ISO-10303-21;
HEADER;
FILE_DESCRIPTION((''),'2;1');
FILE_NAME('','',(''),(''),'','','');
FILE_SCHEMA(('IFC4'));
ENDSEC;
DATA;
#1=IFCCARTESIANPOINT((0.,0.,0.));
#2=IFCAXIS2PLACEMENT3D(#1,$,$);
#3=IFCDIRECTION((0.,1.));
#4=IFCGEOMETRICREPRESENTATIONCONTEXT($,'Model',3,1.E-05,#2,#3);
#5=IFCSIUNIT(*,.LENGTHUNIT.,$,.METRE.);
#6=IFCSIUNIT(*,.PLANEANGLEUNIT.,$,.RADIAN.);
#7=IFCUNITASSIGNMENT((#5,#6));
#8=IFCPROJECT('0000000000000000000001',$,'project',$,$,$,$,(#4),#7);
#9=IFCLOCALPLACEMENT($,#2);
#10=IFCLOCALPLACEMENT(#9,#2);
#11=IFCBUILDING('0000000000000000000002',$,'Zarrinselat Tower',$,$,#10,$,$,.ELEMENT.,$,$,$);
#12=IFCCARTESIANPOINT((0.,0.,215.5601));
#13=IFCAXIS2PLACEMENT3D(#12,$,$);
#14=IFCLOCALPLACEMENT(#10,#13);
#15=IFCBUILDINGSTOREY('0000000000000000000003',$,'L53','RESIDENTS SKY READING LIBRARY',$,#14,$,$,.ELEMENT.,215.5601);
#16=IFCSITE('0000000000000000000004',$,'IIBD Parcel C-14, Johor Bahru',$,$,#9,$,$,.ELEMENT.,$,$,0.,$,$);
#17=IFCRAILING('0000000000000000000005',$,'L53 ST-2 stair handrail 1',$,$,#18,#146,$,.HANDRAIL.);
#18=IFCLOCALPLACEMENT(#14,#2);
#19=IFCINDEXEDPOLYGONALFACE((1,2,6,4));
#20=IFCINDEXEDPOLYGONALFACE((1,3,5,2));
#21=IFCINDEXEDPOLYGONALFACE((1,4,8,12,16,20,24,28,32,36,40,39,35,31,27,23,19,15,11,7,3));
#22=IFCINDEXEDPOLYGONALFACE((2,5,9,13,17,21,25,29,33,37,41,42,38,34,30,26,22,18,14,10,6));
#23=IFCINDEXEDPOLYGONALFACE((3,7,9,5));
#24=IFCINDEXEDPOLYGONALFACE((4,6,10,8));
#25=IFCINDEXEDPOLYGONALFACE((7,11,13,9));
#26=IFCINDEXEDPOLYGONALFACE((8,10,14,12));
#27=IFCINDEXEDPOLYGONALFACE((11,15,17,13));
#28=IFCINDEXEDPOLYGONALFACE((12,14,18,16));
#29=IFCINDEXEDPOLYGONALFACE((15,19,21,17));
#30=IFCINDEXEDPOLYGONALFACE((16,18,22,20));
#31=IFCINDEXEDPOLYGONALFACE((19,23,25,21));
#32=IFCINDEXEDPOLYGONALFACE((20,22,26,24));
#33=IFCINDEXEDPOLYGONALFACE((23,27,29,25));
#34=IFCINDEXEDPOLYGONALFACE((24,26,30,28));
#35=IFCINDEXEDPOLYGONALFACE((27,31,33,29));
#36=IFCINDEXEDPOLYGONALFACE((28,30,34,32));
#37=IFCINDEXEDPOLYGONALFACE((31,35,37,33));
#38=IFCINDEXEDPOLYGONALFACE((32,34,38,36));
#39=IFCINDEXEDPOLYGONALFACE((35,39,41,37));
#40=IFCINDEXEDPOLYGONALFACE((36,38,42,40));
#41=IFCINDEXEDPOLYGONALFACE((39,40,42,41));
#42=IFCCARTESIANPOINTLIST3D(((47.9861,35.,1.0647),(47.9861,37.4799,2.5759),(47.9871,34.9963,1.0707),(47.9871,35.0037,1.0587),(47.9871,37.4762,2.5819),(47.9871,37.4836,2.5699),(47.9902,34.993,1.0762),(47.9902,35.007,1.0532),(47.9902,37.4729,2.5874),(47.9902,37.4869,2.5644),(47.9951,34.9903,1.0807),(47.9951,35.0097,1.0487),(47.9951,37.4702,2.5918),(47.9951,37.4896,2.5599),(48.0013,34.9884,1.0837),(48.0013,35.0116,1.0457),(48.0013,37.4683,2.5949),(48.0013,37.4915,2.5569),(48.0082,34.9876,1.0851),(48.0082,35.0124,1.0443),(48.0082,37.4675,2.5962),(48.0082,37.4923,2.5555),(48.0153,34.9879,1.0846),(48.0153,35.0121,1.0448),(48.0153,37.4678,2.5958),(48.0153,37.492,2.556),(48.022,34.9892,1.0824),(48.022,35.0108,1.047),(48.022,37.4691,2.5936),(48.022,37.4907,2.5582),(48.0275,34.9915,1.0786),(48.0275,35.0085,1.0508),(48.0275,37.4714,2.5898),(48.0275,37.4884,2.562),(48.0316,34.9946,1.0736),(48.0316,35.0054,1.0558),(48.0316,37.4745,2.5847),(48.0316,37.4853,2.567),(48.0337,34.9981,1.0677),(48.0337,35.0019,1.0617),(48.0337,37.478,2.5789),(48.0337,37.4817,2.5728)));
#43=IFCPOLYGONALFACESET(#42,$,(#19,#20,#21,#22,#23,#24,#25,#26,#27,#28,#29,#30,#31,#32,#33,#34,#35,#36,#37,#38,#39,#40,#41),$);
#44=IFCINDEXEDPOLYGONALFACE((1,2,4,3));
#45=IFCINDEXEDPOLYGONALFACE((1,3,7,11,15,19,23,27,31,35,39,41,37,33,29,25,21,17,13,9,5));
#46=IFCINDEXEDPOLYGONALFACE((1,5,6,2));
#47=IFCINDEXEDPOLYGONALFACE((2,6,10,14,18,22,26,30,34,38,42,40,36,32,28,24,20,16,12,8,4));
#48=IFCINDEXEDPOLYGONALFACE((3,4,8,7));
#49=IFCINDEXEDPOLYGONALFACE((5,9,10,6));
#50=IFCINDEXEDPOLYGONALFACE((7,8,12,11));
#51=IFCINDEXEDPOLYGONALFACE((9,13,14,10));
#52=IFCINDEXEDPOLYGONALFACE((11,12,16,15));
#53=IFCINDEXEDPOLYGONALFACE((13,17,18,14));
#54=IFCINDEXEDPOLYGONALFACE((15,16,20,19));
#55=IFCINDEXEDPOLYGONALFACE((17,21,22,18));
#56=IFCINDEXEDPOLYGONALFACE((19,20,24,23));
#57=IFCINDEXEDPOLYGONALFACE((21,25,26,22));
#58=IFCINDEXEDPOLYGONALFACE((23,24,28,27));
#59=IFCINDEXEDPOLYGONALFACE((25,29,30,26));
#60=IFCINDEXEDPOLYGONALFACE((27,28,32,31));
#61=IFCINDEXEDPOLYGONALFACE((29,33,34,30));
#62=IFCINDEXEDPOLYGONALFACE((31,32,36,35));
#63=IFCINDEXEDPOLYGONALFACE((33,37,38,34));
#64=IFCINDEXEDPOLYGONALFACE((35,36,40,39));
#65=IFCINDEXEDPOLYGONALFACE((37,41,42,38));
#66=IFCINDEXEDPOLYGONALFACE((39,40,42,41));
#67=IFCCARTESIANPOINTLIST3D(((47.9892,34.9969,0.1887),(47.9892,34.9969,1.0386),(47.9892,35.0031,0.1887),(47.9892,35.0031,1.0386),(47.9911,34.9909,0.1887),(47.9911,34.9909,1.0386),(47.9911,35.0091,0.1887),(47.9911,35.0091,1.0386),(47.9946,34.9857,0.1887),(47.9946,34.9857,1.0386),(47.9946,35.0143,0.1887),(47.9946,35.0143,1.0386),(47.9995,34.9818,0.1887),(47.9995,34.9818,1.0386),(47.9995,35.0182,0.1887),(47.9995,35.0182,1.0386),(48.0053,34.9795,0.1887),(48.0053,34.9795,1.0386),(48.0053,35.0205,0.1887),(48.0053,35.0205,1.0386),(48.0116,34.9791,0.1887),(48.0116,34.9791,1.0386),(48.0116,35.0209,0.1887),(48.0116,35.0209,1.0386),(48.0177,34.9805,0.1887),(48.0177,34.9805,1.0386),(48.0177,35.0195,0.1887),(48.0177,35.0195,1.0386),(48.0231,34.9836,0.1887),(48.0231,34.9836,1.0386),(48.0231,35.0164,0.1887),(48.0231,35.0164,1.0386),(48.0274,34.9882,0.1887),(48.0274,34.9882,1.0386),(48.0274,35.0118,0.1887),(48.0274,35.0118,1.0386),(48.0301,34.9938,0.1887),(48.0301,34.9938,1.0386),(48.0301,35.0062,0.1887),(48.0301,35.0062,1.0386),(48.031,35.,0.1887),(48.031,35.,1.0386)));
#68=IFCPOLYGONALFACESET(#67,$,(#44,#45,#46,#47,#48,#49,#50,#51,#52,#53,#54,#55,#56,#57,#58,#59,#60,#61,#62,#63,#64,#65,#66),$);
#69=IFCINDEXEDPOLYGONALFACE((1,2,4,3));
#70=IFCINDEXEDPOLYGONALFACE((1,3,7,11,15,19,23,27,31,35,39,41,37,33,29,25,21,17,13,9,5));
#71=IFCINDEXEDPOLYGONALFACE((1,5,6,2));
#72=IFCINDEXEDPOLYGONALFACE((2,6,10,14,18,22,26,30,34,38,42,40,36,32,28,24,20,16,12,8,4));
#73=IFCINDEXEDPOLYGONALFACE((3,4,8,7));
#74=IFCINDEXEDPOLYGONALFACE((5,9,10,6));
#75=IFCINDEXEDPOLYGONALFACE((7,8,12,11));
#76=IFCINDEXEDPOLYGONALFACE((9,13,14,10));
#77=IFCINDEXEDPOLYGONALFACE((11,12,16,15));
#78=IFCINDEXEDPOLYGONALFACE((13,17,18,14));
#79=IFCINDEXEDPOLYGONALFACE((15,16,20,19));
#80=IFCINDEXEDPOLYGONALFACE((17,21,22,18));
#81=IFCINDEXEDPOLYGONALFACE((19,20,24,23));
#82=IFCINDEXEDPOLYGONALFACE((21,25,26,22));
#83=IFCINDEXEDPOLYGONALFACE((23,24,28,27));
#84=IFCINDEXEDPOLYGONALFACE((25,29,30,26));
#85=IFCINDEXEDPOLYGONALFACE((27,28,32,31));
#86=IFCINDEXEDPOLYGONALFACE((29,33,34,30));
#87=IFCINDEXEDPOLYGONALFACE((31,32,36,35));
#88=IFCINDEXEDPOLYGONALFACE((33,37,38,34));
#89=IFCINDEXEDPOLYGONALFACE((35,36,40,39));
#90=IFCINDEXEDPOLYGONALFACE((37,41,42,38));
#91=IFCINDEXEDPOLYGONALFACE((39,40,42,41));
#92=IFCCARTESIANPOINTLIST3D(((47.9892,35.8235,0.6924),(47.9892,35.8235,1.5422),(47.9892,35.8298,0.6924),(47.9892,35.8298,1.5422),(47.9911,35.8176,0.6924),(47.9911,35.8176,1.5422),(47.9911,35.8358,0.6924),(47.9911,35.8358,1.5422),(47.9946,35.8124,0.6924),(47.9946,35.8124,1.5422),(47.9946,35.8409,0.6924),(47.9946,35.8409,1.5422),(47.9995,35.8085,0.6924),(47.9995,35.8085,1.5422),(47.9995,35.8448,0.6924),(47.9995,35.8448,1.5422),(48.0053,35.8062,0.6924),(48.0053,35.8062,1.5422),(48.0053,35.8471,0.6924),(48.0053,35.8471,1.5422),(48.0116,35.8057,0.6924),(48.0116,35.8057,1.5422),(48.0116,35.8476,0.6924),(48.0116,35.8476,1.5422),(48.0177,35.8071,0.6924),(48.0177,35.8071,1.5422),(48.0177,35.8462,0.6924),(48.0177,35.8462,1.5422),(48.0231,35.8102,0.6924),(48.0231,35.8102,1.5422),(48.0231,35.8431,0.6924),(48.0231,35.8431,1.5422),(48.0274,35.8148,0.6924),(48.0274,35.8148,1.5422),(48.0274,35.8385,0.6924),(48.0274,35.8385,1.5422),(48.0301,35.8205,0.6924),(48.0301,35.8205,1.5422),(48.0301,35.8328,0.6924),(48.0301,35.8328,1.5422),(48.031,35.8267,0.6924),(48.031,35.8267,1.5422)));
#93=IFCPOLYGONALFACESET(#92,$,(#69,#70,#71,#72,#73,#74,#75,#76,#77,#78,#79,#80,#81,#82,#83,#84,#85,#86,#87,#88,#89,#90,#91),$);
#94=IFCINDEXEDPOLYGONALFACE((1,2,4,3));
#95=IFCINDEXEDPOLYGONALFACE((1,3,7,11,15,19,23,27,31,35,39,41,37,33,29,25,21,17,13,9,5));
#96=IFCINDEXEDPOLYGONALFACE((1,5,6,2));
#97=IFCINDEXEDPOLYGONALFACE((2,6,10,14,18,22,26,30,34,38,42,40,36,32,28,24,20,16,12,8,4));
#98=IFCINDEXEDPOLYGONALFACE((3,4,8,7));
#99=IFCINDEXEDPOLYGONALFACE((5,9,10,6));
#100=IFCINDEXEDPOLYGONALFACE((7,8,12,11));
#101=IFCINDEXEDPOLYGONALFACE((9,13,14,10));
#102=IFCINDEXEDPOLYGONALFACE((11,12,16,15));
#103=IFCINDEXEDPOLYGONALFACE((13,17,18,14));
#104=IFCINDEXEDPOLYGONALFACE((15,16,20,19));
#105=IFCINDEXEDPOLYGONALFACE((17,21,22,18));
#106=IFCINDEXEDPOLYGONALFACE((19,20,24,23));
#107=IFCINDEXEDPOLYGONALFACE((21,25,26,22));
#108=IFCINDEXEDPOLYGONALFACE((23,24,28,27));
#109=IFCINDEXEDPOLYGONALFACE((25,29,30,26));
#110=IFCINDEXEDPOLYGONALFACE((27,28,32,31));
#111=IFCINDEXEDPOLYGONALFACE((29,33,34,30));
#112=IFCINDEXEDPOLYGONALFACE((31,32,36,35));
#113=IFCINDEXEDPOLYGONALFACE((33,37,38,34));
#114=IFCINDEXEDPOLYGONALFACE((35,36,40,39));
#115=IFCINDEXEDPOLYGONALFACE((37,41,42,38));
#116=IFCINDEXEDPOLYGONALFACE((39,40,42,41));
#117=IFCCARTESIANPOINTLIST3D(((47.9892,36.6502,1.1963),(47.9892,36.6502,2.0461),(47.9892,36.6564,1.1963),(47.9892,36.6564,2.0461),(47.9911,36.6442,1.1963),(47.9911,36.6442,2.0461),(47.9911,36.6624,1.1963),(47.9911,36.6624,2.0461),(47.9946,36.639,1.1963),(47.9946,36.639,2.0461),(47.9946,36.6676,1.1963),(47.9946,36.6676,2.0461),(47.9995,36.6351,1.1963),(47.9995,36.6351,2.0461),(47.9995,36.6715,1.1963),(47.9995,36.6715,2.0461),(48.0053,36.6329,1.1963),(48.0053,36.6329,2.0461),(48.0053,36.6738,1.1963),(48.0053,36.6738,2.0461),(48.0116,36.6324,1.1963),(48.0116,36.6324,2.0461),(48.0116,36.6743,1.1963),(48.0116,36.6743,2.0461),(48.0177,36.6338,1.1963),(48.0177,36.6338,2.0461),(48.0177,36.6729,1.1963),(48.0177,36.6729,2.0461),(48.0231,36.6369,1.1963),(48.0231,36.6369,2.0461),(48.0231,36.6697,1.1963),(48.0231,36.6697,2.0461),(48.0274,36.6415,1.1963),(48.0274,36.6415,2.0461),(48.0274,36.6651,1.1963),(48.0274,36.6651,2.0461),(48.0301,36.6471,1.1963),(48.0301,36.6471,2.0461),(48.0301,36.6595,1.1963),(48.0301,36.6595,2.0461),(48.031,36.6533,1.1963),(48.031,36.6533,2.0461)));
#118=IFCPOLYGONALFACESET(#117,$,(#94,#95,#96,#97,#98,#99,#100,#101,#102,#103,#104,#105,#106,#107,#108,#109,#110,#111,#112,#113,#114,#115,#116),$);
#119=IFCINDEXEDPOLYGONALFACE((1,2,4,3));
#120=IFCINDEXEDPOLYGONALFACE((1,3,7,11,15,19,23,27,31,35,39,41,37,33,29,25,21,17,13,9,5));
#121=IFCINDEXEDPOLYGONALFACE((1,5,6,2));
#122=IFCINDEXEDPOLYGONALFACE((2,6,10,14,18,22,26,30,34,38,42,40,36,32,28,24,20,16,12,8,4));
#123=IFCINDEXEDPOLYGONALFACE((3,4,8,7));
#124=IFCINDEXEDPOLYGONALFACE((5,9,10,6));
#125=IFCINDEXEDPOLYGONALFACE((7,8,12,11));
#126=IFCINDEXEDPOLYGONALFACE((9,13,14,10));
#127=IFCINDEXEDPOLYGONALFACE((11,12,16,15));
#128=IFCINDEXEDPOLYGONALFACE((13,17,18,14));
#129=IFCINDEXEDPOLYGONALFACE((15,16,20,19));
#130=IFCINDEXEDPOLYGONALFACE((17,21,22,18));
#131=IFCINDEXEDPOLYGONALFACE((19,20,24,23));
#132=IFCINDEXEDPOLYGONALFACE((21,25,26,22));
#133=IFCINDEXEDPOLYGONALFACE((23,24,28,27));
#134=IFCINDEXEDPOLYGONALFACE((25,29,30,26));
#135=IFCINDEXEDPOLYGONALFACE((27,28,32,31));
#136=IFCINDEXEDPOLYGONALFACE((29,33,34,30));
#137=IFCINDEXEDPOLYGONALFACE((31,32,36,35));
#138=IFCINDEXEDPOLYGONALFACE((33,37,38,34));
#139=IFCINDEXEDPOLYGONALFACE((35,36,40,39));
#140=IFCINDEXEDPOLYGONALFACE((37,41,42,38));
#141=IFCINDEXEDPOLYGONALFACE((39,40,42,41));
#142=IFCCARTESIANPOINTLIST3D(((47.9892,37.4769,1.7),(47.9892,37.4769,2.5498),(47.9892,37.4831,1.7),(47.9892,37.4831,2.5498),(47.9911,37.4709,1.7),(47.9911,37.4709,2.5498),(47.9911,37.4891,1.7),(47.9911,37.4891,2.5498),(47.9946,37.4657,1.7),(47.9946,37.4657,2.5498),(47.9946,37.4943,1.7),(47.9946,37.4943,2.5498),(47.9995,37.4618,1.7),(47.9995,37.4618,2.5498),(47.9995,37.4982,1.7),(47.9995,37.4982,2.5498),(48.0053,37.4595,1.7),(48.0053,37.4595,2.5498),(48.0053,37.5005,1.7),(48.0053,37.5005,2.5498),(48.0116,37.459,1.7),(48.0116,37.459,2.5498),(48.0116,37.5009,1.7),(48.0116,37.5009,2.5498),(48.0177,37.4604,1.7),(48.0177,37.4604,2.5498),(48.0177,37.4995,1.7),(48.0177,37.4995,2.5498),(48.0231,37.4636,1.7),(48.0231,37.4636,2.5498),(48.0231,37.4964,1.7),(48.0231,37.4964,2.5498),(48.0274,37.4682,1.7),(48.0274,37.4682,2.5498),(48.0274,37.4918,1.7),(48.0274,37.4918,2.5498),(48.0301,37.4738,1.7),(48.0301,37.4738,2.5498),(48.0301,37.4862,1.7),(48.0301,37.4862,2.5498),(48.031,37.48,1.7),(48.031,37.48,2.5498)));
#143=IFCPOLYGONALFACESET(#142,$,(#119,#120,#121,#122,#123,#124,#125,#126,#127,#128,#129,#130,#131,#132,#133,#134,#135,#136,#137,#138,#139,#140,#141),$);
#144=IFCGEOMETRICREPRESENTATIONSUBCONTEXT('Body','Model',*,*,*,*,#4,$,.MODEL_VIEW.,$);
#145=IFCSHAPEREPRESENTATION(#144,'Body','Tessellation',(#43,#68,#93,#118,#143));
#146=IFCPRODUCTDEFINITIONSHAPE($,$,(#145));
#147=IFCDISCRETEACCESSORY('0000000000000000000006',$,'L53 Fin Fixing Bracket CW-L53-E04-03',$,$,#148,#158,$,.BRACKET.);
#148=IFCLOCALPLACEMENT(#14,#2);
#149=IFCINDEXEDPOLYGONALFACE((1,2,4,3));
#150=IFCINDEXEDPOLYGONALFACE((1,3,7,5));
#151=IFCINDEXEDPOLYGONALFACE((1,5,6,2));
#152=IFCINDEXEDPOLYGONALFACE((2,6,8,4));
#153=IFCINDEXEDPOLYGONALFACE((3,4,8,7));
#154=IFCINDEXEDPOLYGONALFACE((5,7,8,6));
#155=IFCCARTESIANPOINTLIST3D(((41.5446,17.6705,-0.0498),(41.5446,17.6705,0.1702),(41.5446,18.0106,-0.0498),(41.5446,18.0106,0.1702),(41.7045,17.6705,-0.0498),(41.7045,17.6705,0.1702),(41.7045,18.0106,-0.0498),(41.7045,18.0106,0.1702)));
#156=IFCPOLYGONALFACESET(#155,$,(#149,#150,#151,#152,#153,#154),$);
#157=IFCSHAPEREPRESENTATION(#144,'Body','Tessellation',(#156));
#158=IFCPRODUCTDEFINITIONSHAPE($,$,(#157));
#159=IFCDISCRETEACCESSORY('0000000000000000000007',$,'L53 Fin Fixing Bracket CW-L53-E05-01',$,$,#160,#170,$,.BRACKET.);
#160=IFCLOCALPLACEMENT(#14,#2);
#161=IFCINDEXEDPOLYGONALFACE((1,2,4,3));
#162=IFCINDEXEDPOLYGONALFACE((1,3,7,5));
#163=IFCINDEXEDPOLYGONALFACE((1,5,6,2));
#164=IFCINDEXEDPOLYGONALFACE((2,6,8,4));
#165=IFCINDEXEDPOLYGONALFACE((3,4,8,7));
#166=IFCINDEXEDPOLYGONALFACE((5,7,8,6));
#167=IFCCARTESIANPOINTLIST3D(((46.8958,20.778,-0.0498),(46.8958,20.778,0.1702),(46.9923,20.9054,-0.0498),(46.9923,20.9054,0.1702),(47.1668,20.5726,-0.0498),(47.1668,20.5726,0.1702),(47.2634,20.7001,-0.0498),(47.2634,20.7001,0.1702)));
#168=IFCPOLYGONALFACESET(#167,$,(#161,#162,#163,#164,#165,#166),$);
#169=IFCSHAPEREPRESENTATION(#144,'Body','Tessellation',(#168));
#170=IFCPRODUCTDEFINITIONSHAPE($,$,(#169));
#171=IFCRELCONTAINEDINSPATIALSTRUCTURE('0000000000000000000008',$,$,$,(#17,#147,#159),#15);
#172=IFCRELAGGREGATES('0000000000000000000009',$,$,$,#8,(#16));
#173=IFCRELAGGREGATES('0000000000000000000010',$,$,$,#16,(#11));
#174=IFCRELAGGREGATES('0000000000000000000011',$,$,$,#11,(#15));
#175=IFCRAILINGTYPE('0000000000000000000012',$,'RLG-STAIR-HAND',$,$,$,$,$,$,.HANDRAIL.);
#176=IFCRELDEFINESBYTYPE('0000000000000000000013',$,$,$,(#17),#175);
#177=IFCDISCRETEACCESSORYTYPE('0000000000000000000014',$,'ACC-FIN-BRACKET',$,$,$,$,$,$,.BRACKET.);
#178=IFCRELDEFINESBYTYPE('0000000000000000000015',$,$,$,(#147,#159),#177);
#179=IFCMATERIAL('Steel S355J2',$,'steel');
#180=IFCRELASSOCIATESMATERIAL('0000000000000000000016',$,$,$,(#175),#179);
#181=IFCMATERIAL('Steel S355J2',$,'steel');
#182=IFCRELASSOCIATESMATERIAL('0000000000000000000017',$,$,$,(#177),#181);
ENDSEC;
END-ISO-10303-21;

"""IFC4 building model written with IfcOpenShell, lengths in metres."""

from ifc_helpers import new_model, si_unit, direction, frame, origin, origin_2d, place, context, subcontext, project, spatial, rectangle, circle, extrude, material, type_object, element, save


model = new_model("IFC4")

# Units and contexts
model_context = context("Model", 3, precision=1e-05, world=origin(), true_north=direction((0.0, 1.0)))
body_context = subcontext(model_context, "Body", "Model", "MODEL_VIEW")
ifc_project = project(units=[si_unit("LENGTHUNIT", "METRE"), si_unit("PLANEANGLEUNIT", "RADIAN")], contexts=[model_context])

# Site, building, storey
site_placement = place(None, origin())
site = spatial("IfcSite", under=ifc_project, at=site_placement, Name="IIBD Parcel C-14, Johor Bahru", CompositionType="ELEMENT", RefElevation=0.0)
building_placement = place(site_placement, origin())
building = spatial("IfcBuilding", under=site, at=building_placement, Name="Zarrinselat Tower", CompositionType="ELEMENT")
storey_placement = place(building_placement, frame((0.0, 0.0, 215.5601)))
storey = spatial("IfcBuildingStorey", under=building, at=storey_placement, Name="L53", Description="RESIDENTS SKY READING LIBRARY", CompositionType="ELEMENT", Elevation=215.5601)

# Railing
ifc_material_1 = material(Name="Steel S355J2", Category="steel")
railing_type_1 = type_object("IfcRailingType", Name="RLG-STAIR-HAND", PredefinedType="HANDRAIL", material=ifc_material_1)
railing_1_placement = place(storey_placement, frame((48.01, 35.0, 0.1887)))
element("IfcRailing", 1, at=railing_1_placement, inside=storey, type_object=railing_type_1, Name="L53 ST-2 stair handrail 1", PredefinedType="HANDRAIL", context=body_context, shape_type="SweptSolid", body=[
    extrude(circle(Radius=0.0239, at=origin_2d()), frame((0.0, 0.0, 0.876), z_axis=(0.0, 0.853942, 0.520368), x_axis=(-1.0, 0.0, 0.0)), (0.0, 0.0, 1.0), 2.9041),
    extrude(circle(Radius=0.021, at=origin_2d()), origin(), (0.0, 0.0, 1.0), 0.8499),
    extrude(circle(Radius=0.021, at=origin_2d()), frame((0.0, 0.8267, 0.5037)), (0.0, 0.0, 1.0), 0.8499),
    extrude(circle(Radius=0.021, at=origin_2d()), frame((0.0, 1.6533, 1.0076)), (0.0, 0.0, 1.0), 0.8499),
    extrude(circle(Radius=0.021, at=origin_2d()), frame((0.0, 2.48, 1.5112)), (0.0, 0.0, 1.0), 0.8499),
])

# Discrete accessories
ifc_material_2 = material(Name="Steel S355J2", Category="steel")
discrete_accessory_type = type_object("IfcDiscreteAccessoryType", Name="ACC-FIN-BRACKET", PredefinedType="BRACKET", material=ifc_material_2)
for number, where, z_axis, x_axis, name in (
    (2, (41.6245, 17.8406, -0.0498), (0.0, 0.0, 1.0), (0.0, -1.0, 0.0), "L53 Fin Fixing Bracket CW-L53-E04-03"),
    (3, (47.0796, 20.739, -0.0498), (0.0, 0.0, 1.0), (0.797091, -0.603859, 0.0), "L53 Fin Fixing Bracket CW-L53-E05-01"),
):
    element("IfcDiscreteAccessory", number, at=place(storey_placement, frame(where, z_axis=z_axis, x_axis=x_axis)), inside=storey, type_object=discrete_accessory_type, Name=name, PredefinedType="BRACKET", context=body_context, shape_type="SweptSolid", body=[
        extrude(rectangle(XDim=0.3401, YDim=0.1599, at=origin_2d()), origin(), (0.0, 0.0, 1.0), 0.22),
    ])

save(model, "model.ifc")
